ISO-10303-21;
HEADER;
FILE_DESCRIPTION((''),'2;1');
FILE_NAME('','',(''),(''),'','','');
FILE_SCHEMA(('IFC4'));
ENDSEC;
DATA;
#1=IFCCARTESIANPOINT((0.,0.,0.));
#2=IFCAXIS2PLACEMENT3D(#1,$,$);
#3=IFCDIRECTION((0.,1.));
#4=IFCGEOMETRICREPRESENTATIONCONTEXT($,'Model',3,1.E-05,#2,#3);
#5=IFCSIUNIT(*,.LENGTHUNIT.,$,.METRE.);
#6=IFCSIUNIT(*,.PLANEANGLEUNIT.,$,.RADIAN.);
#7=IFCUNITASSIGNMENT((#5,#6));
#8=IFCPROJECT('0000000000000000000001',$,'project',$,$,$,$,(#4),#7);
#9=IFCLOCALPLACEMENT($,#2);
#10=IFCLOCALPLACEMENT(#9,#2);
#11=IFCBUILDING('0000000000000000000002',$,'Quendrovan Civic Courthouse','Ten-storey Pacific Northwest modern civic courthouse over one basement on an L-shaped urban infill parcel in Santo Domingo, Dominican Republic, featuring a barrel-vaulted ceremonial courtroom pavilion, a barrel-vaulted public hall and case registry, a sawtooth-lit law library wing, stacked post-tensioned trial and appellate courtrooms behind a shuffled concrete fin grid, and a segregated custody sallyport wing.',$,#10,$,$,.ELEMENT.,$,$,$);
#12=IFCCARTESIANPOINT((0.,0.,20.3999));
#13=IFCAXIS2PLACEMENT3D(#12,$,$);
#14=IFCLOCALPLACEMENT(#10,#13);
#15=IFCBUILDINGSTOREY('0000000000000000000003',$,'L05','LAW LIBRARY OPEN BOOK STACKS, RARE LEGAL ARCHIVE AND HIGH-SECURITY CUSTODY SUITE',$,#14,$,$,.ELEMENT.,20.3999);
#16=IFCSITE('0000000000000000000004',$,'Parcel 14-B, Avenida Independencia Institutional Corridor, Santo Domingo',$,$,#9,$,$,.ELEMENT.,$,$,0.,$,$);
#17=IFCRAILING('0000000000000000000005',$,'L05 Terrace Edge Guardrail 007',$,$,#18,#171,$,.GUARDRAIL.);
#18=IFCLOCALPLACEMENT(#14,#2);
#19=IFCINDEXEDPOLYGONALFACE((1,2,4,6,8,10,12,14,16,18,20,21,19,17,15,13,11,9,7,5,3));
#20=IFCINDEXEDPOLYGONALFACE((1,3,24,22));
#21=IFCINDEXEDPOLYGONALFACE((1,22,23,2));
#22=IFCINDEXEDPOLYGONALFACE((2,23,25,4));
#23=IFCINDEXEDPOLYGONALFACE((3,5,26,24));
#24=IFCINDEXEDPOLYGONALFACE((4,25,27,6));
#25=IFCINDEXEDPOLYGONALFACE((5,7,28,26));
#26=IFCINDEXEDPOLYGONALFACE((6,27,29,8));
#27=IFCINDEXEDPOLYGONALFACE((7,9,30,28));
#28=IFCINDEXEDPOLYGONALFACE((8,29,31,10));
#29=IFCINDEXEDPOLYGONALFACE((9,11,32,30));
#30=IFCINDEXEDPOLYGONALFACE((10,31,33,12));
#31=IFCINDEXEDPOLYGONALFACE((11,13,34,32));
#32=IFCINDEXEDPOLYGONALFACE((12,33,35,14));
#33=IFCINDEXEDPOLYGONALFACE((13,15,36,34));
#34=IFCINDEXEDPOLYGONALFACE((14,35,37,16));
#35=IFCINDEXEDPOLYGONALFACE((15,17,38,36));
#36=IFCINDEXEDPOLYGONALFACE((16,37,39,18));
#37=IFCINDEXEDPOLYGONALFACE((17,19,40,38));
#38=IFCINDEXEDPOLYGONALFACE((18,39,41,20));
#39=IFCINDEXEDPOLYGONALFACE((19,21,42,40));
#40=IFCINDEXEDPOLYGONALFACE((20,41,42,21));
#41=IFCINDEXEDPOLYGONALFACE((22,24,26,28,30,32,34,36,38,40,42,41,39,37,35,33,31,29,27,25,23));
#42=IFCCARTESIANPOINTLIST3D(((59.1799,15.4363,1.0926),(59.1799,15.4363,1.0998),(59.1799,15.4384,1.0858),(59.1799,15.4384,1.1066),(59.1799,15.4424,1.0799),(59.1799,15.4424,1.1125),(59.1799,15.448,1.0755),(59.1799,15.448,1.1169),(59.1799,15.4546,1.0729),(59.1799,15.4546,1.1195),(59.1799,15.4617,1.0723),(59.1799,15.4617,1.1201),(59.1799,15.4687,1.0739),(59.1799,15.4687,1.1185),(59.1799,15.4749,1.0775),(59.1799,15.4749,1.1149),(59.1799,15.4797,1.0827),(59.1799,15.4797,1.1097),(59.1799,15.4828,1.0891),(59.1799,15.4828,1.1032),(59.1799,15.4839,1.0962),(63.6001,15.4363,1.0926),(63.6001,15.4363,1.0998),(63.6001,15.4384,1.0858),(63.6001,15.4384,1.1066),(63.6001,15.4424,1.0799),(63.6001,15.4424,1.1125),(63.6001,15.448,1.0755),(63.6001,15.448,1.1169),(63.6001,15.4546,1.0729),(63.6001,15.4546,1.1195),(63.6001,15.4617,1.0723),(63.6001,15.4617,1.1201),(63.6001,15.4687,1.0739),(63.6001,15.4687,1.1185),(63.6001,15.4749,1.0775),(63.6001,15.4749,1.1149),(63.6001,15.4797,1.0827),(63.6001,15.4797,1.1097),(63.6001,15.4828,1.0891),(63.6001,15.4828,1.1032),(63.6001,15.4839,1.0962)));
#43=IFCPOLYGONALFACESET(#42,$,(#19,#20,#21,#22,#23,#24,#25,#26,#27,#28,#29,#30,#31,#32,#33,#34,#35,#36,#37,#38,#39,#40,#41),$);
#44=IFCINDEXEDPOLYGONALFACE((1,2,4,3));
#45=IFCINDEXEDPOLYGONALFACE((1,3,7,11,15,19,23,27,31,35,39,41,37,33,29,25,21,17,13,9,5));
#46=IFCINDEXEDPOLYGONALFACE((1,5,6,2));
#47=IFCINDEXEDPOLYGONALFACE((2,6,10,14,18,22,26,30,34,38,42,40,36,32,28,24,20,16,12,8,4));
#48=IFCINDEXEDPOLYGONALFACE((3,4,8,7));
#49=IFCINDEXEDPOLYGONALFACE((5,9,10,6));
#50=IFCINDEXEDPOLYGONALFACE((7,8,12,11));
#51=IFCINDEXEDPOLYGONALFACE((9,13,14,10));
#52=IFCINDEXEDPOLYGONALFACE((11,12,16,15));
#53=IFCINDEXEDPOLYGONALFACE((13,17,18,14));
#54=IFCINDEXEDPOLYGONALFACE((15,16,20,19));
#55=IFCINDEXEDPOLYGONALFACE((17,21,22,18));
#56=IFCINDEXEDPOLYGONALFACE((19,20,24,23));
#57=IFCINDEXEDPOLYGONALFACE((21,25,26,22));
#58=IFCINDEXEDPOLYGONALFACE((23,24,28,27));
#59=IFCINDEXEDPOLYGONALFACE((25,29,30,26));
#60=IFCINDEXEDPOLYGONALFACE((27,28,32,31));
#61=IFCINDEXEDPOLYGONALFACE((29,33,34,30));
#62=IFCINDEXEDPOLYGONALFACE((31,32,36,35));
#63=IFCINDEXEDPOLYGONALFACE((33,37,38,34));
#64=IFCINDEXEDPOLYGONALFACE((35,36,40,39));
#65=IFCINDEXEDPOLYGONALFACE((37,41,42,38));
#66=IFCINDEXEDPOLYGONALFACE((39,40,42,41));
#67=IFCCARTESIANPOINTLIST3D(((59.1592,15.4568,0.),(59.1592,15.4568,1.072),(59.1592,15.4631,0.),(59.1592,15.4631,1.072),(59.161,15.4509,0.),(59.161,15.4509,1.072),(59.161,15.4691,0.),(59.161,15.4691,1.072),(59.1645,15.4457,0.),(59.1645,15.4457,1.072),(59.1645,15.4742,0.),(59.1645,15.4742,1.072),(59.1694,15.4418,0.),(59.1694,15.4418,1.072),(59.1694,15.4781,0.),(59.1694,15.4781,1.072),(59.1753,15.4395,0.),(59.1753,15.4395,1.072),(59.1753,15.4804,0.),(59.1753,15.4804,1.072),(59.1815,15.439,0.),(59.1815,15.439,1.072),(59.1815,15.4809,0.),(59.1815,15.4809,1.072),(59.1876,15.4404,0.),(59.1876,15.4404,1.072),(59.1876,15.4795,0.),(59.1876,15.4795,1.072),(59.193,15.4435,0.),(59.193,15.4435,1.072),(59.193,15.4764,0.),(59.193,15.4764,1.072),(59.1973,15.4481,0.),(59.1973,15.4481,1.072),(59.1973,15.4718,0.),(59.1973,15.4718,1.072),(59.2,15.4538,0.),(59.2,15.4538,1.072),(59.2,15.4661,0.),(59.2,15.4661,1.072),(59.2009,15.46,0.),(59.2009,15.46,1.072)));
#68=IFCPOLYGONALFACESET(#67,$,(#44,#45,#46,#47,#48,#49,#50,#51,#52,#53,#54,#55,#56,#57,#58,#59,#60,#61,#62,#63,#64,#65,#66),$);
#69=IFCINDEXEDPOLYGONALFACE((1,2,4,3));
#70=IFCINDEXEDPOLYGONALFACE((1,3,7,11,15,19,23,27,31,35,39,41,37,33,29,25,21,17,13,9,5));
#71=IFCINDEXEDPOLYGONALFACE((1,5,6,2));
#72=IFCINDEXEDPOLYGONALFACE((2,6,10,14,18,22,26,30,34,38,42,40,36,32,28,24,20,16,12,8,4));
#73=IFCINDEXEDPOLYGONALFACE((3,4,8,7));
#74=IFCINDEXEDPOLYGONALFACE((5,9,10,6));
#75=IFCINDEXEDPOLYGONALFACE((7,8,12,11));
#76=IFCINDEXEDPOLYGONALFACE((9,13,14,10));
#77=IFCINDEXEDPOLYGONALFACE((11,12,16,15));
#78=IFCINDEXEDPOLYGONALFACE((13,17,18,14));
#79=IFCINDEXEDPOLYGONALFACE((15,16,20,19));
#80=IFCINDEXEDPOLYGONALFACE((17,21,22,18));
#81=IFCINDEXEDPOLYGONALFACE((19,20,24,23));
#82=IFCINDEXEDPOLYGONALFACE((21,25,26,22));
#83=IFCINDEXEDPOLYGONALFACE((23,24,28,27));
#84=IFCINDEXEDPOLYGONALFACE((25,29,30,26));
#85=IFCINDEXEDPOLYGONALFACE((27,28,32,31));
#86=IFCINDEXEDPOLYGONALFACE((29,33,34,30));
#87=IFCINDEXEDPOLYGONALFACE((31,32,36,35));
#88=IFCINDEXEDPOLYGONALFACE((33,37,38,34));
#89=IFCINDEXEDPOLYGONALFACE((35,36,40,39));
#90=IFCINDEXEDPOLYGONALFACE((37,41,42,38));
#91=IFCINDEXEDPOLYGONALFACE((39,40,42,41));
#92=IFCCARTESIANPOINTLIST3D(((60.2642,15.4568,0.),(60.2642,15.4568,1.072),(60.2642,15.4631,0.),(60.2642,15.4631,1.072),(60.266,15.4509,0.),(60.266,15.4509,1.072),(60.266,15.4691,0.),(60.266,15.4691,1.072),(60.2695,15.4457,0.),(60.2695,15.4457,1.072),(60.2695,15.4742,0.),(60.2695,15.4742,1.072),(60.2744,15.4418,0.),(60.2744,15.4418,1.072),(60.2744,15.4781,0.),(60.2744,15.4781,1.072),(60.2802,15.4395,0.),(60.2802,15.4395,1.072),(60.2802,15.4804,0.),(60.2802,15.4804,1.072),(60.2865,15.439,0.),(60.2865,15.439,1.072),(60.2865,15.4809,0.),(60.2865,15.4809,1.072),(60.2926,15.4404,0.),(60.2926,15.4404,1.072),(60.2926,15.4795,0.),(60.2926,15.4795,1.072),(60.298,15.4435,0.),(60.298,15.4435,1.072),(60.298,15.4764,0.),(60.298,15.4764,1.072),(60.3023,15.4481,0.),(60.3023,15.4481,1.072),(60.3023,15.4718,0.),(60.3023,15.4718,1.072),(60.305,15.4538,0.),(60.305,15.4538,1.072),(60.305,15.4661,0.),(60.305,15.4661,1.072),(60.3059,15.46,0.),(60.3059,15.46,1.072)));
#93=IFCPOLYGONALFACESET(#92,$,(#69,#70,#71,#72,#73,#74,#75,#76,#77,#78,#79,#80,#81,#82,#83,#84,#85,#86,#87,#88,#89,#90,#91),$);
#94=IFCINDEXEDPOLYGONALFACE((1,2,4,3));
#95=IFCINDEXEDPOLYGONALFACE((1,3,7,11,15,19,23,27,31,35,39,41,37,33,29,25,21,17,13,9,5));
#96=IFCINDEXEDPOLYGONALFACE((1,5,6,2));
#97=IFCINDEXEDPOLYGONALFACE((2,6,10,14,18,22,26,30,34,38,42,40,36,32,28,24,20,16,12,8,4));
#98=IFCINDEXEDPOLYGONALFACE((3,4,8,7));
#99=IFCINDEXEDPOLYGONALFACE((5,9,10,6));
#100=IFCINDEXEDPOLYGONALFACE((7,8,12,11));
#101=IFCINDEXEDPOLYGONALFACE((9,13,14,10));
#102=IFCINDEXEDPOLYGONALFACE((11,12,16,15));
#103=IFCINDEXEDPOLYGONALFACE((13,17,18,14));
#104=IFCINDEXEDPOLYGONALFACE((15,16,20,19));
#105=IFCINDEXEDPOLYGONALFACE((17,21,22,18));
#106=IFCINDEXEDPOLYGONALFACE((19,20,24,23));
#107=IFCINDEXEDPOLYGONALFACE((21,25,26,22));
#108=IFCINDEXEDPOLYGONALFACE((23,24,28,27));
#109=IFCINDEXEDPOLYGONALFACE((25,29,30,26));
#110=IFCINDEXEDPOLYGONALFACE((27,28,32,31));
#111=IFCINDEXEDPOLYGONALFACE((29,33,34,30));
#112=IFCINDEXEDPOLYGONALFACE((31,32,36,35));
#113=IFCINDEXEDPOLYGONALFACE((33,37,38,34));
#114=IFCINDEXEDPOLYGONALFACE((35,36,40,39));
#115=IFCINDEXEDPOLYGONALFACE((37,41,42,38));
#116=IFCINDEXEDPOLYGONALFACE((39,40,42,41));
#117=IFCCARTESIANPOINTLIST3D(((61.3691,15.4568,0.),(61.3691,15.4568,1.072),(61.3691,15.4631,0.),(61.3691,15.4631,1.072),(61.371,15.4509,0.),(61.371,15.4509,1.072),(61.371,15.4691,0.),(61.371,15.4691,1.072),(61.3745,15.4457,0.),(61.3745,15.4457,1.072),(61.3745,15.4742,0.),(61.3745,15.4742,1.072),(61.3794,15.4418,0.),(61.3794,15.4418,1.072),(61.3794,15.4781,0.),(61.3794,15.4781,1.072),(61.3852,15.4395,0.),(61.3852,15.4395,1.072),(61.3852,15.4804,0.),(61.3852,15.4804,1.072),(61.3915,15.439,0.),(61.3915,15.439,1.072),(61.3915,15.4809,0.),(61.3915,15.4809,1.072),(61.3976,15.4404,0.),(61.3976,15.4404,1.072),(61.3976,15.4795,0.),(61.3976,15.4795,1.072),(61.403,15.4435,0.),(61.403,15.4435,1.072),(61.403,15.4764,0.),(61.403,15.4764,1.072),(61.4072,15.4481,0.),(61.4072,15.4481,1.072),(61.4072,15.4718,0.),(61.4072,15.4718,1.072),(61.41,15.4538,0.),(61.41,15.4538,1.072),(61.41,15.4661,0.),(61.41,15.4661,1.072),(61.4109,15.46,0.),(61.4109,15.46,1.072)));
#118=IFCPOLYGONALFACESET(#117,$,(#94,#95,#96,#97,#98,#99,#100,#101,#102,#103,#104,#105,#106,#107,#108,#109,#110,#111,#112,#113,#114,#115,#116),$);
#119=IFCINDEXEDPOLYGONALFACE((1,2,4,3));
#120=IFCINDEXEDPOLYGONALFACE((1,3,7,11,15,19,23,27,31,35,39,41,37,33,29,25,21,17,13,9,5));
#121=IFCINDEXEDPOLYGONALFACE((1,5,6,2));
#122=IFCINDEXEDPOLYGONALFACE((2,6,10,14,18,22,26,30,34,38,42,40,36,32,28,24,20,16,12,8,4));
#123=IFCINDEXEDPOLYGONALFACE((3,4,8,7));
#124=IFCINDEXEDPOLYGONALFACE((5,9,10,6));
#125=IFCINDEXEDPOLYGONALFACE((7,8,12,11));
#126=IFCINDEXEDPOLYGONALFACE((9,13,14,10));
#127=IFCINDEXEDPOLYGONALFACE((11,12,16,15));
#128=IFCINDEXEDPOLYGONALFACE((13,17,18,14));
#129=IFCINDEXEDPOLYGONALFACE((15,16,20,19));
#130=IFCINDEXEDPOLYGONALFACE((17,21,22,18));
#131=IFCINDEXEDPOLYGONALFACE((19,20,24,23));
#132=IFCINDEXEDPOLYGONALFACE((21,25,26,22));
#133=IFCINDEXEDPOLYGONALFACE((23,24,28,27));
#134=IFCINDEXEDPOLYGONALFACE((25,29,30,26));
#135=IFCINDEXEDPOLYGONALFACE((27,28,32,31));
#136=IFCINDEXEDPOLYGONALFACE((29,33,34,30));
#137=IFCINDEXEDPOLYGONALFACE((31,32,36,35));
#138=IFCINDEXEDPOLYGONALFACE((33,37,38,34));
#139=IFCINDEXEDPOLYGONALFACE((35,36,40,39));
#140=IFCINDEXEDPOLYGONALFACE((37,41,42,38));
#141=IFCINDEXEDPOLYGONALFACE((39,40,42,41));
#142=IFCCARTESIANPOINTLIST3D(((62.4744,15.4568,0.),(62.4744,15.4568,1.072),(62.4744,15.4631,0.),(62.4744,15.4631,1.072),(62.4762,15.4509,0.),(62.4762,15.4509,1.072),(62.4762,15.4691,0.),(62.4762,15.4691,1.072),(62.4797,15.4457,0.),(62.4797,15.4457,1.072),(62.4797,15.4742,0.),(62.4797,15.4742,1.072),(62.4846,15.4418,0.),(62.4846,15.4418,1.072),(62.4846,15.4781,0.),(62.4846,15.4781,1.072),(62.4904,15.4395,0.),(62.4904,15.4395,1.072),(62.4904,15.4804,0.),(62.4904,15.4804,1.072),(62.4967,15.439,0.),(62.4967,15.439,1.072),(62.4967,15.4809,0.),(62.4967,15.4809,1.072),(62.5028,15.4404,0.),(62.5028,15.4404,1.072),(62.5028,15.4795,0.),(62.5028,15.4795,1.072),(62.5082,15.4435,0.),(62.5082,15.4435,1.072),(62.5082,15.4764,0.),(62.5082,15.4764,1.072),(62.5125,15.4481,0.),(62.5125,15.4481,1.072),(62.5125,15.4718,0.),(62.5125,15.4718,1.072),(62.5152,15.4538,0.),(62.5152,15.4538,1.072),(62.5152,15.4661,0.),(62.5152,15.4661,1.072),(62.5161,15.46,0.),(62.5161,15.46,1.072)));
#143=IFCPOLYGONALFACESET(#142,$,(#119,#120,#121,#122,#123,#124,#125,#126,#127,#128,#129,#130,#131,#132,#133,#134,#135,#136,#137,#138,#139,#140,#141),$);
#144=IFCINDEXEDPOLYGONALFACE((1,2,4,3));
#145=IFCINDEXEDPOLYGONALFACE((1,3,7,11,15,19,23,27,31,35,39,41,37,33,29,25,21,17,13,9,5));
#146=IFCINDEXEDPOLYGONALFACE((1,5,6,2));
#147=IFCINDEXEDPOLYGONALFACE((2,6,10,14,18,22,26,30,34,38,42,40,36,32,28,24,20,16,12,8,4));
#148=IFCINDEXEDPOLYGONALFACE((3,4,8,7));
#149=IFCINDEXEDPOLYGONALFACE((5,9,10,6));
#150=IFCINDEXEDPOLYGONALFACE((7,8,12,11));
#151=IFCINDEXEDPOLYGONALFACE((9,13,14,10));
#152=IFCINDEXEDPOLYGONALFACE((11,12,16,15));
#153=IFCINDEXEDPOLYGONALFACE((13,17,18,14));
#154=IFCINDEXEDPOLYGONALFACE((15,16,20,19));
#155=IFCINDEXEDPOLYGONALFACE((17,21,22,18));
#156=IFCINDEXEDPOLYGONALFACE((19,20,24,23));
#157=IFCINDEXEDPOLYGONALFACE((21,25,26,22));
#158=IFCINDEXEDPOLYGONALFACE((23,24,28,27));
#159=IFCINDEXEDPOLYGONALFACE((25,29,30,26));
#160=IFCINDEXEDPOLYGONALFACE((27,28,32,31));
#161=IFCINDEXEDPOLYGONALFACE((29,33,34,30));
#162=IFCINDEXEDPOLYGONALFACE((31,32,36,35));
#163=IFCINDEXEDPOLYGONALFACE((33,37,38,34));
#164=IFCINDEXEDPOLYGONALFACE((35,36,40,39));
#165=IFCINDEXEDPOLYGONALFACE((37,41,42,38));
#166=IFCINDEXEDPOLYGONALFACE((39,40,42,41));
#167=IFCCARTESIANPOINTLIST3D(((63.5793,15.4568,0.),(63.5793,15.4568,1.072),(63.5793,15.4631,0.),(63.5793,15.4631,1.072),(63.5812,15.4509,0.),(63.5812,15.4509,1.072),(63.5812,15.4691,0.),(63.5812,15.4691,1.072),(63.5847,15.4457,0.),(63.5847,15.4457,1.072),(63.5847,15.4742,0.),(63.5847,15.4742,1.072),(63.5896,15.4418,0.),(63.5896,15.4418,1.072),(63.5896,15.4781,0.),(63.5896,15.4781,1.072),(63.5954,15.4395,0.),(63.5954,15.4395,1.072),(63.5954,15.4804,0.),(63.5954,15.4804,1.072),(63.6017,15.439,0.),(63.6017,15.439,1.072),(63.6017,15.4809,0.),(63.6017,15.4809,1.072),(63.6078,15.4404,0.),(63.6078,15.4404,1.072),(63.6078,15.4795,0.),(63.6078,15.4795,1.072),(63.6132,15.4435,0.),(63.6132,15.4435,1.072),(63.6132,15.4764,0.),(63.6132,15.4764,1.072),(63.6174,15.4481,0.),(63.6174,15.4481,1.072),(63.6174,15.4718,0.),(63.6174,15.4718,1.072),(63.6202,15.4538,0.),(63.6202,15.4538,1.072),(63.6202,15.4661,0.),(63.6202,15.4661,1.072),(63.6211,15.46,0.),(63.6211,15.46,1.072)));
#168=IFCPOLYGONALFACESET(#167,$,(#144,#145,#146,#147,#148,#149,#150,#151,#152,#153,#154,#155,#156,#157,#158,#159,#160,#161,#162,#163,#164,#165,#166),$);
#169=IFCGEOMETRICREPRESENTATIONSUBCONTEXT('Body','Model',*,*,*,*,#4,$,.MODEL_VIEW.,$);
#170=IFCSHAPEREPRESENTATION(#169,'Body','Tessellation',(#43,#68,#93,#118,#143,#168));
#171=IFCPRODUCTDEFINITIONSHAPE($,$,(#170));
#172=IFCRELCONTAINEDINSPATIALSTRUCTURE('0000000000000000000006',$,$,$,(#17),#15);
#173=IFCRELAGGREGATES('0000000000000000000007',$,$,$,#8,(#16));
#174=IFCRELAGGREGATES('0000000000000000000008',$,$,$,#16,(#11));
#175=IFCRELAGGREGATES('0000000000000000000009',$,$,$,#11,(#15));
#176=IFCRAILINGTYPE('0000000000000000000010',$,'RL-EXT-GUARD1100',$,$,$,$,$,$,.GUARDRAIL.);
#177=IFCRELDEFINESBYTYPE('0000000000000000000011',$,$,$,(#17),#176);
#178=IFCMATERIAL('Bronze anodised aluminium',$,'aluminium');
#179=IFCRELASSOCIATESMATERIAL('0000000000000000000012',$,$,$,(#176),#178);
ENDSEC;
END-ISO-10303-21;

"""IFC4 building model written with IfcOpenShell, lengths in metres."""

from ifc_helpers import new_model, si_unit, direction, frame, origin, origin_2d, place, context, subcontext, project, spatial, circle, extrude, material, type_object, element, save


model = new_model("IFC4")

# Units and contexts
model_context = context("Model", 3, precision=1e-05, world=origin(), true_north=direction((0.0, 1.0)))
body_context = subcontext(model_context, "Body", "Model", "MODEL_VIEW")
ifc_project = project(units=[si_unit("LENGTHUNIT", "METRE"), si_unit("PLANEANGLEUNIT", "RADIAN")], contexts=[model_context])

# Site, building, storey
site_placement = place(None, origin())
site = spatial("IfcSite", under=ifc_project, at=site_placement, Name="Parcel 14-B, Avenida Independencia Institutional Corridor, Santo Domingo", CompositionType="ELEMENT", RefElevation=0.0)
building_placement = place(site_placement, origin())
building = spatial("IfcBuilding", under=site, at=building_placement, Name="Quendrovan Civic Courthouse", Description="Ten-storey Pacific Northwest modern civic courthouse over one basement on an L-shaped urban infill parcel in Santo Domingo, Dominican Republic, featuring a barrel-vaulted ceremonial courtroom pavilion, a barrel-vaulted public hall and case registry, a sawtooth-lit law library wing, stacked post-tensioned trial and appellate courtrooms behind a shuffled concrete fin grid, and a segregated custody sallyport wing.", CompositionType="ELEMENT")
storey_placement = place(building_placement, frame((0.0, 0.0, 20.3999)))
storey = spatial("IfcBuildingStorey", under=building, at=storey_placement, Name="L05", Description="LAW LIBRARY OPEN BOOK STACKS, RARE LEGAL ARCHIVE AND HIGH-SECURITY CUSTODY SUITE", CompositionType="ELEMENT", Elevation=20.3999)

# Railing
ifc_material_1 = material(Name="Bronze anodised aluminium", Category="aluminium")
railing_type = type_object("IfcRailingType", Name="RL-EXT-GUARD1100", PredefinedType="GUARDRAIL", material=ifc_material_1)
railing_1_placement = place(storey_placement, frame((59.1799, 15.46, 0.0)))
element("IfcRailing", 1, at=railing_1_placement, inside=storey, type_object=railing_type, Name="L05 Terrace Edge Guardrail 007", PredefinedType="GUARDRAIL", context=body_context, shape_type="SweptSolid", body=[
    extrude(circle(Radius=0.0239, at=origin_2d()), frame((0.0, 0.0, 1.0962), z_axis=(1.0, 0.0, 0.0), x_axis=(0.0, 1.0, 0.0)), (0.0, 0.0, 1.0), 4.4202),
    extrude(circle(Radius=0.021, at=origin_2d()), origin(), (0.0, 0.0, 1.0), 1.072),
    extrude(circle(Radius=0.021, at=origin_2d()), frame((1.105, 0.0, 0.0)), (0.0, 0.0, 1.0), 1.072),
    extrude(circle(Radius=0.021, at=origin_2d()), frame((2.21, 0.0, 0.0)), (0.0, 0.0, 1.0), 1.072),
    extrude(circle(Radius=0.021, at=origin_2d()), frame((3.3152, 0.0, 0.0)), (0.0, 0.0, 1.0), 1.072),
    extrude(circle(Radius=0.021, at=origin_2d()), frame((4.4202, 0.0, 0.0)), (0.0, 0.0, 1.0), 1.072),
])

save(model, "model.ifc")
